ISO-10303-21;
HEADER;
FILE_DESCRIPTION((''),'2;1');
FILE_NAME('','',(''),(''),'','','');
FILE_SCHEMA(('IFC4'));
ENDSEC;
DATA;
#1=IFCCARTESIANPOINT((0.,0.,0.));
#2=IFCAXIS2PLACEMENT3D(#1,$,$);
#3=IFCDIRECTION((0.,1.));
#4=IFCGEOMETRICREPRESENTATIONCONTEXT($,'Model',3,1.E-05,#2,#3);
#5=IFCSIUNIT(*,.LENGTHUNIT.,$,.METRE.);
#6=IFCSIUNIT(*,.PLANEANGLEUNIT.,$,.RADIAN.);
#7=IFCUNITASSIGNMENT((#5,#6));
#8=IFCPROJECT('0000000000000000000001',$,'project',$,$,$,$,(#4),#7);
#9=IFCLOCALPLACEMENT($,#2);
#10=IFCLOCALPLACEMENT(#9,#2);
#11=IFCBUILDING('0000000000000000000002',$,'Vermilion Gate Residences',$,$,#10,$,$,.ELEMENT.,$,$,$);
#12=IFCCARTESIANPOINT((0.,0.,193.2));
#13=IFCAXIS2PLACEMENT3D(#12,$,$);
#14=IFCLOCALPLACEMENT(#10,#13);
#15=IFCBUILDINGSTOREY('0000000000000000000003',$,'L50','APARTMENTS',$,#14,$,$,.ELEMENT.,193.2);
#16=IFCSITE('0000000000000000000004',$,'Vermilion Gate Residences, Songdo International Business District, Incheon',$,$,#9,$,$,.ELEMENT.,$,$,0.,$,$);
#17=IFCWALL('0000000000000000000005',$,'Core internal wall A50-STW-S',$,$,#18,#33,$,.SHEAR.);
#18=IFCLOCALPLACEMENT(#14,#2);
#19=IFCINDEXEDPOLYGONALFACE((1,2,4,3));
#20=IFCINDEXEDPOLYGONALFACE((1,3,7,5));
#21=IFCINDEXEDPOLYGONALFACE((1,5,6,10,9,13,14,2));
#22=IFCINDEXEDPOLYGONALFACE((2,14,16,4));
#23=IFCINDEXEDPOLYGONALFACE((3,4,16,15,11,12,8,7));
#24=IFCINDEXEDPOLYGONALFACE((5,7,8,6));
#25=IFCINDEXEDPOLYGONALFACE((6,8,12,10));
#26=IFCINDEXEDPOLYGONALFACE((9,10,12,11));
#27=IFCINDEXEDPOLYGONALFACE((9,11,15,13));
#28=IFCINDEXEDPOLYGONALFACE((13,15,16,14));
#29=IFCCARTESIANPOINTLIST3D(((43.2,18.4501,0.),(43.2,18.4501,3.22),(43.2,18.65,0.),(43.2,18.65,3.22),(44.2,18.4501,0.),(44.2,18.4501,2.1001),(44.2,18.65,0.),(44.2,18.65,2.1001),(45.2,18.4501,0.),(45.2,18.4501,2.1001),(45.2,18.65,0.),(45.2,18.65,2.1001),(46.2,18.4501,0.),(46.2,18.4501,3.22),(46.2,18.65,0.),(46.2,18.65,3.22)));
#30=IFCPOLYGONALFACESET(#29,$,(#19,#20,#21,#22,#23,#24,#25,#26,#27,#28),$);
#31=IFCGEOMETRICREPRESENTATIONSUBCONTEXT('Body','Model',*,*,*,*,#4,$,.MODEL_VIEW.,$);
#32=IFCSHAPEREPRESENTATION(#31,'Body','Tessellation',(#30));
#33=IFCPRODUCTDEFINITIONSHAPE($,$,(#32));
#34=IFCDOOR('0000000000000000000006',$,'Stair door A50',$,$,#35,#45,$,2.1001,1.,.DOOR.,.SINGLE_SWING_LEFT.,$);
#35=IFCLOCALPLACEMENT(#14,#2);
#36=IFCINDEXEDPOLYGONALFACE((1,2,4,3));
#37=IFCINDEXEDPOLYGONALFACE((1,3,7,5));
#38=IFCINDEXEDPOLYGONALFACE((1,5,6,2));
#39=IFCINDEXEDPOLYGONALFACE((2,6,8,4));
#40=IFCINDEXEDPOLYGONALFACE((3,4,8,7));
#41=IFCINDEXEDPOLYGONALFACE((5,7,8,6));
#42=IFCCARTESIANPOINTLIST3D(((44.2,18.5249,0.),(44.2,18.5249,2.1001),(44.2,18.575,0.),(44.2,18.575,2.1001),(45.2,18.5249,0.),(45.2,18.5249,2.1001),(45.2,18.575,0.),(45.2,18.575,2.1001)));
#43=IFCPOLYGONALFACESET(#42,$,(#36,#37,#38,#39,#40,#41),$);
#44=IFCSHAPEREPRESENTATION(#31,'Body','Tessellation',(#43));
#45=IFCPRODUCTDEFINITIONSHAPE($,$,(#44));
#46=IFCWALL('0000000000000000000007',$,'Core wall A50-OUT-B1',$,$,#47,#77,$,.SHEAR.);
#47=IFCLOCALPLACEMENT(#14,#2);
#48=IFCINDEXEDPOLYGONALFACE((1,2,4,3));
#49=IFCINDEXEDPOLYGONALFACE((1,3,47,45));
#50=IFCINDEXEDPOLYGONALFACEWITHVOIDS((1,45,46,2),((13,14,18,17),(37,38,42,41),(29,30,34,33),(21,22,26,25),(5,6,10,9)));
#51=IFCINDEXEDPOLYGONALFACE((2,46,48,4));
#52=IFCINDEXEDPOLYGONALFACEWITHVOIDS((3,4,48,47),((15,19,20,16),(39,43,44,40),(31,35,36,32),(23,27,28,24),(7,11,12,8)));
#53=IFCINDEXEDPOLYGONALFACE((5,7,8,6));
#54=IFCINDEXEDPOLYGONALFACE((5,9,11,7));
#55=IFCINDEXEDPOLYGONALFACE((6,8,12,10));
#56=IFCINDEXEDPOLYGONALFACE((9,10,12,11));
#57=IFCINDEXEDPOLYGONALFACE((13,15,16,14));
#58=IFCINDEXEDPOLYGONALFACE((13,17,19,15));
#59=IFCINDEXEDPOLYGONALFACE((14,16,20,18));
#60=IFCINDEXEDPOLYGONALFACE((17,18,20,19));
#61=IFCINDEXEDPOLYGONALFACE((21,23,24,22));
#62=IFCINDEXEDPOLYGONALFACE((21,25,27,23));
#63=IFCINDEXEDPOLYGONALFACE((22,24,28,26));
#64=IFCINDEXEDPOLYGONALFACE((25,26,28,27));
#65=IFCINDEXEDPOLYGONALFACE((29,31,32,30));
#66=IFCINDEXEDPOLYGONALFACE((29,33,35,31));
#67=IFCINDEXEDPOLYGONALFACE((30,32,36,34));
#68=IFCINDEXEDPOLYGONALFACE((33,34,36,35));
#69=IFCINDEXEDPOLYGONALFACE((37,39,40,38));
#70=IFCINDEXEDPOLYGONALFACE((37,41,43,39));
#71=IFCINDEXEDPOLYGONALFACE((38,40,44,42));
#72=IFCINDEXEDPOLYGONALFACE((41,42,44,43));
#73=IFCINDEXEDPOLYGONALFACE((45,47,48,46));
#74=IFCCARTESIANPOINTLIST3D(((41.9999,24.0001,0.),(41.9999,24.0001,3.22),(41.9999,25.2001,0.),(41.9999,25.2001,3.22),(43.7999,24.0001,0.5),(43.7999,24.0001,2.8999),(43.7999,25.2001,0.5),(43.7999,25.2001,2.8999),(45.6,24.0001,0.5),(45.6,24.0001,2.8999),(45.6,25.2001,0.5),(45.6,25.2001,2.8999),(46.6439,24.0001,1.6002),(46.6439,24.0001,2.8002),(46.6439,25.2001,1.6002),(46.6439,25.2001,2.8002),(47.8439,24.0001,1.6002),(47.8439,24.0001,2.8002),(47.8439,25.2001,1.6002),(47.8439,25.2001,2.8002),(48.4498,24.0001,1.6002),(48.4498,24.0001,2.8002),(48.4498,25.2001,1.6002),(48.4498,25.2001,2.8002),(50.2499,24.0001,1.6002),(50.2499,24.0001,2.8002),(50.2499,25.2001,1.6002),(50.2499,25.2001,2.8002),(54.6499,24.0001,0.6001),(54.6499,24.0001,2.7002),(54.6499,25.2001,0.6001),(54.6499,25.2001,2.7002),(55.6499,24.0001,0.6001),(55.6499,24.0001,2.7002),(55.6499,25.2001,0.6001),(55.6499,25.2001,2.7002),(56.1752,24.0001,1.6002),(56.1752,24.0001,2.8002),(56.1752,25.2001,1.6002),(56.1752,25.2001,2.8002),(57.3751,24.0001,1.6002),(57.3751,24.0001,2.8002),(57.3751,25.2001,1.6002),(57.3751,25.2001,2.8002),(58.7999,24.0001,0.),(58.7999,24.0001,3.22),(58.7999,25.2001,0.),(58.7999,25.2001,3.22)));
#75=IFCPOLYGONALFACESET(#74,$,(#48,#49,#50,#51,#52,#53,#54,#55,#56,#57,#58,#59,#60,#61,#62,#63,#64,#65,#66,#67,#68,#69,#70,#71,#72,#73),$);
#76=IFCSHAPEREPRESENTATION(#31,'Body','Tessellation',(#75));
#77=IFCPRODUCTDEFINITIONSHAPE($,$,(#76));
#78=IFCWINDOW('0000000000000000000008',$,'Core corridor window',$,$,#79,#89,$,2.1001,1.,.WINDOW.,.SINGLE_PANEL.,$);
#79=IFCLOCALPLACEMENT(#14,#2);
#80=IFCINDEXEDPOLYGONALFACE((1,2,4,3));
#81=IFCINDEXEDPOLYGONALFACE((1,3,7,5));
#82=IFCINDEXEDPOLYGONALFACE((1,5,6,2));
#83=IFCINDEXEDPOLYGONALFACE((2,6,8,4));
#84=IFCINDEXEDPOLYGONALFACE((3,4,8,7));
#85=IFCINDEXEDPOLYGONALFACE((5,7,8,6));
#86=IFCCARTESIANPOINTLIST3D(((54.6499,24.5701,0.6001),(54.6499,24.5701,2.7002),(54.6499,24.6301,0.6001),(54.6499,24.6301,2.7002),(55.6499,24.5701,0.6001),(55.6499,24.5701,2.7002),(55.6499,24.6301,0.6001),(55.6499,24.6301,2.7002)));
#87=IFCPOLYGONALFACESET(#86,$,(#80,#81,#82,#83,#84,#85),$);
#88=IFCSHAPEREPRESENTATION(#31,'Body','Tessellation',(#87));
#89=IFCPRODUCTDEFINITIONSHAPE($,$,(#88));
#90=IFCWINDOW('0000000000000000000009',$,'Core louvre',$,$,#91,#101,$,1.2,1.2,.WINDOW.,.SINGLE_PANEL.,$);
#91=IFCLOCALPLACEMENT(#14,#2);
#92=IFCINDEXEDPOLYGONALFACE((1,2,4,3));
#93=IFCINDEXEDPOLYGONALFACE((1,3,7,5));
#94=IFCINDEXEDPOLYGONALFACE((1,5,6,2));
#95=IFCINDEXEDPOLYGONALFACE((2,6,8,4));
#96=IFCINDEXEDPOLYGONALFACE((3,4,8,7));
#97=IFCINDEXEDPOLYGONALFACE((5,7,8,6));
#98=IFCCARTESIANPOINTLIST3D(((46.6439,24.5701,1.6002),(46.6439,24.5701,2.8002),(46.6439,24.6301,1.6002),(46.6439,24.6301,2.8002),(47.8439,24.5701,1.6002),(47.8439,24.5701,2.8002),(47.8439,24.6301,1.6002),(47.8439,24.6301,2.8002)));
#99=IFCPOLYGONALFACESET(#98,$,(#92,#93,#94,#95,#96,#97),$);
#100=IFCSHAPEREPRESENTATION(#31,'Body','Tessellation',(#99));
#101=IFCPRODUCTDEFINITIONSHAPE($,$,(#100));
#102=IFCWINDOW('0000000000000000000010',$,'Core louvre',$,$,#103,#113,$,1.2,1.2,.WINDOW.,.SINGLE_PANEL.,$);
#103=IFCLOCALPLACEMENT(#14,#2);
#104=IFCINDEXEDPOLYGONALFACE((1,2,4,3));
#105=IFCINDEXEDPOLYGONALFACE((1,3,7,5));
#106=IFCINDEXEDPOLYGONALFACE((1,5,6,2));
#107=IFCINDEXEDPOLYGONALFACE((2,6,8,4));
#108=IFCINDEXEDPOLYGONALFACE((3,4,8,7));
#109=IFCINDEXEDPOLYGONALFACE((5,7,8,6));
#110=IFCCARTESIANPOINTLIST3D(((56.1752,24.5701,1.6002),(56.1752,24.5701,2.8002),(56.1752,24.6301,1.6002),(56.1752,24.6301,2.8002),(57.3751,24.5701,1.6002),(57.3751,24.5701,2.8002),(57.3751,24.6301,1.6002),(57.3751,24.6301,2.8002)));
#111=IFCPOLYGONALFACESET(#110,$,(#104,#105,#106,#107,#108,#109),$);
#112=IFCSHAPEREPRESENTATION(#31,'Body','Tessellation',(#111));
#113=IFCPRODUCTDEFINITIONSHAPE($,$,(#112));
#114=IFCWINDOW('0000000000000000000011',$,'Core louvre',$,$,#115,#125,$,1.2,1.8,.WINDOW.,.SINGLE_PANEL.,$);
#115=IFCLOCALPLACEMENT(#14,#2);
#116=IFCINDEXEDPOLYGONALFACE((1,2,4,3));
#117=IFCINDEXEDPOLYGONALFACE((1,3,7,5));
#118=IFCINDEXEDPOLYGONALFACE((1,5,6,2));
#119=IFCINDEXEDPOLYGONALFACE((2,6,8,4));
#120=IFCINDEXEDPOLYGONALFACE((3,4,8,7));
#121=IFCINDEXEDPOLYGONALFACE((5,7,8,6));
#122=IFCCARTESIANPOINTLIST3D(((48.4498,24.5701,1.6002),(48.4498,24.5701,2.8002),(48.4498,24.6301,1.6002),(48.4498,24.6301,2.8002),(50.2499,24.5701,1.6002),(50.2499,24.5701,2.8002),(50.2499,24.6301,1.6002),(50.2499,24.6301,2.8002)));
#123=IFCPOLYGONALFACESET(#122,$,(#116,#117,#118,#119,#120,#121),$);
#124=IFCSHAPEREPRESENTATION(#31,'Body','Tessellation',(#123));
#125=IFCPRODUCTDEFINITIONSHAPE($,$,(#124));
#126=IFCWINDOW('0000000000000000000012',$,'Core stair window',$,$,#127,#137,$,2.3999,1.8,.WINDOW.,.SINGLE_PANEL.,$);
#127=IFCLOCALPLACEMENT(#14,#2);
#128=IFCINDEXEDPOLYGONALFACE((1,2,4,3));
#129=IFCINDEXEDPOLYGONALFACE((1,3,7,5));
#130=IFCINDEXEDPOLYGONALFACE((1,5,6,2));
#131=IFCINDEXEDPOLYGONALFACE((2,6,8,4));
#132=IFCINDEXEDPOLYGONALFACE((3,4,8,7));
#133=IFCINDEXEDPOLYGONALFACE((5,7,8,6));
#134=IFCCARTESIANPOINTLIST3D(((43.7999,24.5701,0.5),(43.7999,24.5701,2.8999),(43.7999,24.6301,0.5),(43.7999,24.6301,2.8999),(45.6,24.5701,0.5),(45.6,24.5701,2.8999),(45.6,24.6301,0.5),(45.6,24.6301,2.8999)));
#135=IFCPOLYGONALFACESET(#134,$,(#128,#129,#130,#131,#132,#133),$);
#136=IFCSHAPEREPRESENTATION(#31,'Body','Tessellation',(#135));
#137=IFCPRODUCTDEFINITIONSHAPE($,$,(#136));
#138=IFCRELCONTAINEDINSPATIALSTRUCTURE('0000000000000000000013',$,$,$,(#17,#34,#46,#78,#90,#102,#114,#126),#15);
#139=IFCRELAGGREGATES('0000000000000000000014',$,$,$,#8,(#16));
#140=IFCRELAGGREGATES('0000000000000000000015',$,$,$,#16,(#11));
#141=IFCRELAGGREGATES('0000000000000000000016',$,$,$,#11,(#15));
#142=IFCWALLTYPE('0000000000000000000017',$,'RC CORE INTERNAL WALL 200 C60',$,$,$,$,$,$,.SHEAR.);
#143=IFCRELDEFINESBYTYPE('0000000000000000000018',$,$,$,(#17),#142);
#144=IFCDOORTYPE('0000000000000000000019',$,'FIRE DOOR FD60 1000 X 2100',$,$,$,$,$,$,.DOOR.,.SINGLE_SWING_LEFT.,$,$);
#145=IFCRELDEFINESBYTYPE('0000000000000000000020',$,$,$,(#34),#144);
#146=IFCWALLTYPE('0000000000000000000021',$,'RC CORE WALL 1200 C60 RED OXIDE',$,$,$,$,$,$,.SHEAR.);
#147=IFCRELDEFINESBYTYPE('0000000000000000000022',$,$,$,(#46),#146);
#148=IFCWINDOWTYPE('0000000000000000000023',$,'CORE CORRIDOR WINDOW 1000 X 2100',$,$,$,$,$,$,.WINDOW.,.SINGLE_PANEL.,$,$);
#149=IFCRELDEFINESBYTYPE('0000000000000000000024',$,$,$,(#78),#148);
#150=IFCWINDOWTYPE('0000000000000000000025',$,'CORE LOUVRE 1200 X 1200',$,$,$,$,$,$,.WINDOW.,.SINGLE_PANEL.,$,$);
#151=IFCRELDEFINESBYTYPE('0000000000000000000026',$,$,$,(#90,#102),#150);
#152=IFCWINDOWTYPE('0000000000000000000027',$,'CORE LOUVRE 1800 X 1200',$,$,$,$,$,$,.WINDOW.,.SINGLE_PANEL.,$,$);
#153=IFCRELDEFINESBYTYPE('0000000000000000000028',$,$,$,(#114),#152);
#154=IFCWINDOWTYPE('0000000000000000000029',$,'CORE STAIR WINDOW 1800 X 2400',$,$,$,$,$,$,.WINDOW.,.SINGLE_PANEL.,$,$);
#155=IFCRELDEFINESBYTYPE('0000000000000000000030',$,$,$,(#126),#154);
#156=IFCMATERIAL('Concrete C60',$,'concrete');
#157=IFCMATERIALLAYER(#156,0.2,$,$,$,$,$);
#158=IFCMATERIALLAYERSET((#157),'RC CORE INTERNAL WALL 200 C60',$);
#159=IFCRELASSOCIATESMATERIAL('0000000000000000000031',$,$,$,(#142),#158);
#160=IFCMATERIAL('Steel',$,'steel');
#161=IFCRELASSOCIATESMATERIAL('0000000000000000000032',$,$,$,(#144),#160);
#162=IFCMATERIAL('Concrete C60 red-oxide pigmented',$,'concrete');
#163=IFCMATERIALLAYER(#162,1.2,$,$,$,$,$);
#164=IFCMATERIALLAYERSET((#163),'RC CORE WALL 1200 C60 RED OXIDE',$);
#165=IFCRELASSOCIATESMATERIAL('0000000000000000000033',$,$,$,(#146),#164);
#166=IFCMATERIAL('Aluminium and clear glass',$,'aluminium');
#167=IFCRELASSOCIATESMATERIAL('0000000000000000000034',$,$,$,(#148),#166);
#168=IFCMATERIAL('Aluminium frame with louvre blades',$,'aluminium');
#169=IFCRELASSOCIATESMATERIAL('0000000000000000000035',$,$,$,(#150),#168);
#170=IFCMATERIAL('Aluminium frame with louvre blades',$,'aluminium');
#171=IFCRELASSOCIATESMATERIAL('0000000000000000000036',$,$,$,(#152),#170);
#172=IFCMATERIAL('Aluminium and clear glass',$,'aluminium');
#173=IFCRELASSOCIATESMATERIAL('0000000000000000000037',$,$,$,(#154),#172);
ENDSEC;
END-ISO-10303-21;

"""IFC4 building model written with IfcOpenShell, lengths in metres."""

from ifc_helpers import new_model, si_unit, direction, frame, frame_2d, origin, place, context, subcontext, project, spatial, rectangle, extrude, material, layer, layer_set, type_object, element, fill, save


model = new_model("IFC4")

# Units and contexts
model_context = context("Model", 3, precision=1e-05, world=origin(), true_north=direction((0.0, 1.0)))
body_context = subcontext(model_context, "Body", "Model", "MODEL_VIEW")
ifc_project = project(units=[si_unit("LENGTHUNIT", "METRE"), si_unit("PLANEANGLEUNIT", "RADIAN")], contexts=[model_context])

# Site, building, storey
site_placement = place(None, origin())
site = spatial("IfcSite", under=ifc_project, at=site_placement, Name="Vermilion Gate Residences, Songdo International Business District, Incheon", CompositionType="ELEMENT", RefElevation=0.0)
building_placement = place(site_placement, origin())
building = spatial("IfcBuilding", under=site, at=building_placement, Name="Vermilion Gate Residences", CompositionType="ELEMENT")
storey_placement = place(building_placement, frame((0.0, 0.0, 193.2)))
storey = spatial("IfcBuildingStorey", under=building, at=storey_placement, Name="L50", Description="APARTMENTS", CompositionType="ELEMENT", Elevation=193.2)

# Shared definitions
ifc_material_1 = material(Name="Concrete C60", Category="concrete")
ifc_layer_1 = layer(ifc_material_1, 0.2)
ifc_layer_set_1 = layer_set([ifc_layer_1], Name="RC CORE INTERNAL WALL 200 C60")
wall_type_1 = type_object("IfcWallType", Name="RC CORE INTERNAL WALL 200 C60", PredefinedType="SHEAR", material=ifc_layer_set_1)

# Wall, opening, door
wall_1_placement = place(storey_placement, frame((43.2, 18.55, 0.0), z_axis=(0.0, 0.0, 1.0), x_axis=(1.0, 0.0, 0.0)))
wall_1 = element("IfcWall", 1, at=wall_1_placement, inside=storey, type_object=wall_type_1, Name="Core internal wall A50-STW-S", PredefinedType="SHEAR", context=body_context, shape_type="SweptSolid", body=[
    extrude(rectangle(XDim=3.0, YDim=0.2, at=frame_2d((1.5, 0.0))), origin(), (0.0, 0.0, 1.0), 3.22),
])
opening_1_placement = place(wall_1_placement, frame((1.0, 0.0, 0.0)))
opening_1 = element("IfcOpeningElement", 2, at=opening_1_placement, cuts=wall_1, PredefinedType="OPENING", context=body_context, shape_type="SweptSolid", body=[
    extrude(rectangle(XDim=1.0, YDim=2.1001, at=frame_2d((0.5, 1.05))), frame((0.0, 0.1099, 0.0), z_axis=(0.0, -1.0, 0.0), x_axis=(1.0, 0.0, 0.0)), (0.0, 0.0, 1.0), 0.22),
])
ifc_material_2 = material(Name="Steel", Category="steel")
door_type_1 = type_object("IfcDoorType", Name="FIRE DOOR FD60 1000 X 2100", OperationType="SINGLE_SWING_LEFT", PredefinedType="DOOR", material=ifc_material_2)
door_1_placement = place(opening_1_placement, origin())
door_1 = element("IfcDoor", 3, at=door_1_placement, inside=storey, type_object=door_type_1, Name="Stair door A50", OperationType="SINGLE_SWING_LEFT", OverallHeight=2.1001, OverallWidth=1.0, PredefinedType="DOOR", context=body_context, shape_type="SweptSolid", body=[
    extrude(rectangle(XDim=1.0, YDim=2.1001, at=frame_2d((0.5, 1.05))), frame((0.0, 0.0249, 0.0), z_axis=(0.0, -1.0, 0.0), x_axis=(1.0, 0.0, 0.0)), (0.0, 0.0, 1.0), 0.05),
])
fill(opening_1, door_1)

# Wall, openings, windows
ifc_material_3 = material(Name="Concrete C60 red-oxide pigmented", Category="concrete")
ifc_layer_2 = layer(ifc_material_3, 1.2)
ifc_layer_set_2 = layer_set([ifc_layer_2], Name="RC CORE WALL 1200 C60 RED OXIDE")
wall_type_2 = type_object("IfcWallType", Name="RC CORE WALL 1200 C60 RED OXIDE", PredefinedType="SHEAR", material=ifc_layer_set_2)
wall_2_placement = place(storey_placement, frame((42.0, 24.6001, 0.0), z_axis=(0.0, 0.0, 1.0), x_axis=(1.0, 0.0, 0.0)))
wall_2 = element("IfcWall", 4, at=wall_2_placement, inside=storey, type_object=wall_type_2, Name="Core wall A50-OUT-B1", PredefinedType="SHEAR", context=body_context, shape_type="SweptSolid", body=[
    extrude(rectangle(XDim=16.8, YDim=1.2, at=frame_2d((8.3999, 0.0))), origin(), (0.0, 0.0, 1.0), 3.22),
])
opening_2_placement = place(wall_2_placement, frame((1.8, 0.0, 0.5)))
opening_2 = element("IfcOpeningElement", 5, at=opening_2_placement, cuts=wall_2, PredefinedType="OPENING", context=body_context, shape_type="SweptSolid", body=[
    extrude(rectangle(XDim=1.8, YDim=2.3999, at=frame_2d((0.8999, 1.2))), frame((0.0, 0.6099, 0.0), z_axis=(0.0, -1.0, 0.0), x_axis=(1.0, 0.0, 0.0)), (0.0, 0.0, 1.0), 1.22),
])
opening_3_placement = place(wall_2_placement, frame((4.6438, 0.0, 1.6001)))
opening_3 = element("IfcOpeningElement", 6, at=opening_3_placement, cuts=wall_2, PredefinedType="OPENING", context=body_context, shape_type="SweptSolid", body=[
    extrude(rectangle(XDim=1.2, YDim=1.2, at=frame_2d((0.6001, 0.6001))), frame((0.0, 0.6099, 0.0), z_axis=(0.0, -1.0, 0.0), x_axis=(1.0, 0.0, 0.0)), (0.0, 0.0, 1.0), 1.22),
])
opening_4_placement = place(wall_2_placement, frame((6.45, 0.0, 1.6001)))
opening_4 = element("IfcOpeningElement", 7, at=opening_4_placement, cuts=wall_2, PredefinedType="OPENING", context=body_context, shape_type="SweptSolid", body=[
    extrude(rectangle(XDim=1.8, YDim=1.2, at=frame_2d((0.8999, 0.6001))), frame((0.0, 0.6099, 0.0), z_axis=(0.0, -1.0, 0.0), x_axis=(1.0, 0.0, 0.0)), (0.0, 0.0, 1.0), 1.22),
])
opening_5_placement = place(wall_2_placement, frame((12.6499, 0.0, 0.6001)))
opening_5 = element("IfcOpeningElement", 8, at=opening_5_placement, cuts=wall_2, PredefinedType="OPENING", context=body_context, shape_type="SweptSolid", body=[
    extrude(rectangle(XDim=1.0, YDim=2.1001, at=frame_2d((0.5, 1.05))), frame((0.0, 0.6099, 0.0), z_axis=(0.0, -1.0, 0.0), x_axis=(1.0, 0.0, 0.0)), (0.0, 0.0, 1.0), 1.22),
])
opening_6_placement = place(wall_2_placement, frame((14.175, 0.0, 1.6001)))
opening_6 = element("IfcOpeningElement", 9, at=opening_6_placement, cuts=wall_2, PredefinedType="OPENING", context=body_context, shape_type="SweptSolid", body=[
    extrude(rectangle(XDim=1.2, YDim=1.2, at=frame_2d((0.6001, 0.6001))), frame((0.0, 0.6099, 0.0), z_axis=(0.0, -1.0, 0.0), x_axis=(1.0, 0.0, 0.0)), (0.0, 0.0, 1.0), 1.22),
])
ifc_material_4 = material(Name="Aluminium and clear glass", Category="aluminium")
window_type_1 = type_object("IfcWindowType", Name="CORE CORRIDOR WINDOW 1000 X 2100", PartitioningType="SINGLE_PANEL", PredefinedType="WINDOW", material=ifc_material_4)
window_1_placement = place(opening_5_placement, origin())
window_1 = element("IfcWindow", 10, at=window_1_placement, inside=storey, type_object=window_type_1, Name="Core corridor window", OverallHeight=2.1001, OverallWidth=1.0, PartitioningType="SINGLE_PANEL", PredefinedType="WINDOW", context=body_context, shape_type="SweptSolid", body=[
    extrude(rectangle(XDim=1.0, YDim=2.1001, at=frame_2d((0.5, 1.05))), frame((0.0, 0.03, 0.0), z_axis=(0.0, -1.0, 0.0), x_axis=(1.0, 0.0, 0.0)), (0.0, 0.0, 1.0), 0.0601),
])
fill(opening_5, window_1)
ifc_material_5 = material(Name="Aluminium frame with louvre blades", Category="aluminium")
window_type_2 = type_object("IfcWindowType", Name="CORE LOUVRE 1200 X 1200", PartitioningType="SINGLE_PANEL", PredefinedType="WINDOW", material=ifc_material_5)
window_2_placement = place(opening_3_placement, origin())
window_2 = element("IfcWindow", 11, at=window_2_placement, inside=storey, type_object=window_type_2, Name="Core louvre", OverallHeight=1.2, OverallWidth=1.2, PartitioningType="SINGLE_PANEL", PredefinedType="WINDOW", context=body_context, shape_type="SweptSolid", body=[
    extrude(rectangle(XDim=1.2, YDim=1.2, at=frame_2d((0.6001, 0.6001))), frame((0.0, 0.03, 0.0), z_axis=(0.0, -1.0, 0.0), x_axis=(1.0, 0.0, 0.0)), (0.0, 0.0, 1.0), 0.0601),
])
fill(opening_3, window_2)
window_3_placement = place(opening_6_placement, origin())
window_3 = element("IfcWindow", 12, at=window_3_placement, inside=storey, type_object=window_type_2, Name="Core louvre", OverallHeight=1.2, OverallWidth=1.2, PartitioningType="SINGLE_PANEL", PredefinedType="WINDOW", context=body_context, shape_type="SweptSolid", body=[
    extrude(rectangle(XDim=1.2, YDim=1.2, at=frame_2d((0.6001, 0.6001))), frame((0.0, 0.03, 0.0), z_axis=(0.0, -1.0, 0.0), x_axis=(1.0, 0.0, 0.0)), (0.0, 0.0, 1.0), 0.0601),
])
fill(opening_6, window_3)
ifc_material_6 = material(Name="Aluminium frame with louvre blades", Category="aluminium")
window_type_3 = type_object("IfcWindowType", Name="CORE LOUVRE 1800 X 1200", PartitioningType="SINGLE_PANEL", PredefinedType="WINDOW", material=ifc_material_6)
window_4_placement = place(opening_4_placement, origin())
window_4 = element("IfcWindow", 13, at=window_4_placement, inside=storey, type_object=window_type_3, Name="Core louvre", OverallHeight=1.2, OverallWidth=1.8, PartitioningType="SINGLE_PANEL", PredefinedType="WINDOW", context=body_context, shape_type="SweptSolid", body=[
    extrude(rectangle(XDim=1.8, YDim=1.2, at=frame_2d((0.8999, 0.6001))), frame((0.0, 0.03, 0.0), z_axis=(0.0, -1.0, 0.0), x_axis=(1.0, 0.0, 0.0)), (0.0, 0.0, 1.0), 0.0601),
])
fill(opening_4, window_4)
ifc_material_7 = material(Name="Aluminium and clear glass", Category="aluminium")
window_type_4 = type_object("IfcWindowType", Name="CORE STAIR WINDOW 1800 X 2400", PartitioningType="SINGLE_PANEL", PredefinedType="WINDOW", material=ifc_material_7)
window_5_placement = place(opening_2_placement, origin())
window_5 = element("IfcWindow", 14, at=window_5_placement, inside=storey, type_object=window_type_4, Name="Core stair window", OverallHeight=2.3999, OverallWidth=1.8, PartitioningType="SINGLE_PANEL", PredefinedType="WINDOW", context=body_context, shape_type="SweptSolid", body=[
    extrude(rectangle(XDim=1.8, YDim=2.3999, at=frame_2d((0.8999, 1.2))), frame((0.0, 0.03, 0.0), z_axis=(0.0, -1.0, 0.0), x_axis=(1.0, 0.0, 0.0)), (0.0, 0.0, 1.0), 0.0601),
])
fill(opening_2, window_5)

save(model, "model.ifc")
